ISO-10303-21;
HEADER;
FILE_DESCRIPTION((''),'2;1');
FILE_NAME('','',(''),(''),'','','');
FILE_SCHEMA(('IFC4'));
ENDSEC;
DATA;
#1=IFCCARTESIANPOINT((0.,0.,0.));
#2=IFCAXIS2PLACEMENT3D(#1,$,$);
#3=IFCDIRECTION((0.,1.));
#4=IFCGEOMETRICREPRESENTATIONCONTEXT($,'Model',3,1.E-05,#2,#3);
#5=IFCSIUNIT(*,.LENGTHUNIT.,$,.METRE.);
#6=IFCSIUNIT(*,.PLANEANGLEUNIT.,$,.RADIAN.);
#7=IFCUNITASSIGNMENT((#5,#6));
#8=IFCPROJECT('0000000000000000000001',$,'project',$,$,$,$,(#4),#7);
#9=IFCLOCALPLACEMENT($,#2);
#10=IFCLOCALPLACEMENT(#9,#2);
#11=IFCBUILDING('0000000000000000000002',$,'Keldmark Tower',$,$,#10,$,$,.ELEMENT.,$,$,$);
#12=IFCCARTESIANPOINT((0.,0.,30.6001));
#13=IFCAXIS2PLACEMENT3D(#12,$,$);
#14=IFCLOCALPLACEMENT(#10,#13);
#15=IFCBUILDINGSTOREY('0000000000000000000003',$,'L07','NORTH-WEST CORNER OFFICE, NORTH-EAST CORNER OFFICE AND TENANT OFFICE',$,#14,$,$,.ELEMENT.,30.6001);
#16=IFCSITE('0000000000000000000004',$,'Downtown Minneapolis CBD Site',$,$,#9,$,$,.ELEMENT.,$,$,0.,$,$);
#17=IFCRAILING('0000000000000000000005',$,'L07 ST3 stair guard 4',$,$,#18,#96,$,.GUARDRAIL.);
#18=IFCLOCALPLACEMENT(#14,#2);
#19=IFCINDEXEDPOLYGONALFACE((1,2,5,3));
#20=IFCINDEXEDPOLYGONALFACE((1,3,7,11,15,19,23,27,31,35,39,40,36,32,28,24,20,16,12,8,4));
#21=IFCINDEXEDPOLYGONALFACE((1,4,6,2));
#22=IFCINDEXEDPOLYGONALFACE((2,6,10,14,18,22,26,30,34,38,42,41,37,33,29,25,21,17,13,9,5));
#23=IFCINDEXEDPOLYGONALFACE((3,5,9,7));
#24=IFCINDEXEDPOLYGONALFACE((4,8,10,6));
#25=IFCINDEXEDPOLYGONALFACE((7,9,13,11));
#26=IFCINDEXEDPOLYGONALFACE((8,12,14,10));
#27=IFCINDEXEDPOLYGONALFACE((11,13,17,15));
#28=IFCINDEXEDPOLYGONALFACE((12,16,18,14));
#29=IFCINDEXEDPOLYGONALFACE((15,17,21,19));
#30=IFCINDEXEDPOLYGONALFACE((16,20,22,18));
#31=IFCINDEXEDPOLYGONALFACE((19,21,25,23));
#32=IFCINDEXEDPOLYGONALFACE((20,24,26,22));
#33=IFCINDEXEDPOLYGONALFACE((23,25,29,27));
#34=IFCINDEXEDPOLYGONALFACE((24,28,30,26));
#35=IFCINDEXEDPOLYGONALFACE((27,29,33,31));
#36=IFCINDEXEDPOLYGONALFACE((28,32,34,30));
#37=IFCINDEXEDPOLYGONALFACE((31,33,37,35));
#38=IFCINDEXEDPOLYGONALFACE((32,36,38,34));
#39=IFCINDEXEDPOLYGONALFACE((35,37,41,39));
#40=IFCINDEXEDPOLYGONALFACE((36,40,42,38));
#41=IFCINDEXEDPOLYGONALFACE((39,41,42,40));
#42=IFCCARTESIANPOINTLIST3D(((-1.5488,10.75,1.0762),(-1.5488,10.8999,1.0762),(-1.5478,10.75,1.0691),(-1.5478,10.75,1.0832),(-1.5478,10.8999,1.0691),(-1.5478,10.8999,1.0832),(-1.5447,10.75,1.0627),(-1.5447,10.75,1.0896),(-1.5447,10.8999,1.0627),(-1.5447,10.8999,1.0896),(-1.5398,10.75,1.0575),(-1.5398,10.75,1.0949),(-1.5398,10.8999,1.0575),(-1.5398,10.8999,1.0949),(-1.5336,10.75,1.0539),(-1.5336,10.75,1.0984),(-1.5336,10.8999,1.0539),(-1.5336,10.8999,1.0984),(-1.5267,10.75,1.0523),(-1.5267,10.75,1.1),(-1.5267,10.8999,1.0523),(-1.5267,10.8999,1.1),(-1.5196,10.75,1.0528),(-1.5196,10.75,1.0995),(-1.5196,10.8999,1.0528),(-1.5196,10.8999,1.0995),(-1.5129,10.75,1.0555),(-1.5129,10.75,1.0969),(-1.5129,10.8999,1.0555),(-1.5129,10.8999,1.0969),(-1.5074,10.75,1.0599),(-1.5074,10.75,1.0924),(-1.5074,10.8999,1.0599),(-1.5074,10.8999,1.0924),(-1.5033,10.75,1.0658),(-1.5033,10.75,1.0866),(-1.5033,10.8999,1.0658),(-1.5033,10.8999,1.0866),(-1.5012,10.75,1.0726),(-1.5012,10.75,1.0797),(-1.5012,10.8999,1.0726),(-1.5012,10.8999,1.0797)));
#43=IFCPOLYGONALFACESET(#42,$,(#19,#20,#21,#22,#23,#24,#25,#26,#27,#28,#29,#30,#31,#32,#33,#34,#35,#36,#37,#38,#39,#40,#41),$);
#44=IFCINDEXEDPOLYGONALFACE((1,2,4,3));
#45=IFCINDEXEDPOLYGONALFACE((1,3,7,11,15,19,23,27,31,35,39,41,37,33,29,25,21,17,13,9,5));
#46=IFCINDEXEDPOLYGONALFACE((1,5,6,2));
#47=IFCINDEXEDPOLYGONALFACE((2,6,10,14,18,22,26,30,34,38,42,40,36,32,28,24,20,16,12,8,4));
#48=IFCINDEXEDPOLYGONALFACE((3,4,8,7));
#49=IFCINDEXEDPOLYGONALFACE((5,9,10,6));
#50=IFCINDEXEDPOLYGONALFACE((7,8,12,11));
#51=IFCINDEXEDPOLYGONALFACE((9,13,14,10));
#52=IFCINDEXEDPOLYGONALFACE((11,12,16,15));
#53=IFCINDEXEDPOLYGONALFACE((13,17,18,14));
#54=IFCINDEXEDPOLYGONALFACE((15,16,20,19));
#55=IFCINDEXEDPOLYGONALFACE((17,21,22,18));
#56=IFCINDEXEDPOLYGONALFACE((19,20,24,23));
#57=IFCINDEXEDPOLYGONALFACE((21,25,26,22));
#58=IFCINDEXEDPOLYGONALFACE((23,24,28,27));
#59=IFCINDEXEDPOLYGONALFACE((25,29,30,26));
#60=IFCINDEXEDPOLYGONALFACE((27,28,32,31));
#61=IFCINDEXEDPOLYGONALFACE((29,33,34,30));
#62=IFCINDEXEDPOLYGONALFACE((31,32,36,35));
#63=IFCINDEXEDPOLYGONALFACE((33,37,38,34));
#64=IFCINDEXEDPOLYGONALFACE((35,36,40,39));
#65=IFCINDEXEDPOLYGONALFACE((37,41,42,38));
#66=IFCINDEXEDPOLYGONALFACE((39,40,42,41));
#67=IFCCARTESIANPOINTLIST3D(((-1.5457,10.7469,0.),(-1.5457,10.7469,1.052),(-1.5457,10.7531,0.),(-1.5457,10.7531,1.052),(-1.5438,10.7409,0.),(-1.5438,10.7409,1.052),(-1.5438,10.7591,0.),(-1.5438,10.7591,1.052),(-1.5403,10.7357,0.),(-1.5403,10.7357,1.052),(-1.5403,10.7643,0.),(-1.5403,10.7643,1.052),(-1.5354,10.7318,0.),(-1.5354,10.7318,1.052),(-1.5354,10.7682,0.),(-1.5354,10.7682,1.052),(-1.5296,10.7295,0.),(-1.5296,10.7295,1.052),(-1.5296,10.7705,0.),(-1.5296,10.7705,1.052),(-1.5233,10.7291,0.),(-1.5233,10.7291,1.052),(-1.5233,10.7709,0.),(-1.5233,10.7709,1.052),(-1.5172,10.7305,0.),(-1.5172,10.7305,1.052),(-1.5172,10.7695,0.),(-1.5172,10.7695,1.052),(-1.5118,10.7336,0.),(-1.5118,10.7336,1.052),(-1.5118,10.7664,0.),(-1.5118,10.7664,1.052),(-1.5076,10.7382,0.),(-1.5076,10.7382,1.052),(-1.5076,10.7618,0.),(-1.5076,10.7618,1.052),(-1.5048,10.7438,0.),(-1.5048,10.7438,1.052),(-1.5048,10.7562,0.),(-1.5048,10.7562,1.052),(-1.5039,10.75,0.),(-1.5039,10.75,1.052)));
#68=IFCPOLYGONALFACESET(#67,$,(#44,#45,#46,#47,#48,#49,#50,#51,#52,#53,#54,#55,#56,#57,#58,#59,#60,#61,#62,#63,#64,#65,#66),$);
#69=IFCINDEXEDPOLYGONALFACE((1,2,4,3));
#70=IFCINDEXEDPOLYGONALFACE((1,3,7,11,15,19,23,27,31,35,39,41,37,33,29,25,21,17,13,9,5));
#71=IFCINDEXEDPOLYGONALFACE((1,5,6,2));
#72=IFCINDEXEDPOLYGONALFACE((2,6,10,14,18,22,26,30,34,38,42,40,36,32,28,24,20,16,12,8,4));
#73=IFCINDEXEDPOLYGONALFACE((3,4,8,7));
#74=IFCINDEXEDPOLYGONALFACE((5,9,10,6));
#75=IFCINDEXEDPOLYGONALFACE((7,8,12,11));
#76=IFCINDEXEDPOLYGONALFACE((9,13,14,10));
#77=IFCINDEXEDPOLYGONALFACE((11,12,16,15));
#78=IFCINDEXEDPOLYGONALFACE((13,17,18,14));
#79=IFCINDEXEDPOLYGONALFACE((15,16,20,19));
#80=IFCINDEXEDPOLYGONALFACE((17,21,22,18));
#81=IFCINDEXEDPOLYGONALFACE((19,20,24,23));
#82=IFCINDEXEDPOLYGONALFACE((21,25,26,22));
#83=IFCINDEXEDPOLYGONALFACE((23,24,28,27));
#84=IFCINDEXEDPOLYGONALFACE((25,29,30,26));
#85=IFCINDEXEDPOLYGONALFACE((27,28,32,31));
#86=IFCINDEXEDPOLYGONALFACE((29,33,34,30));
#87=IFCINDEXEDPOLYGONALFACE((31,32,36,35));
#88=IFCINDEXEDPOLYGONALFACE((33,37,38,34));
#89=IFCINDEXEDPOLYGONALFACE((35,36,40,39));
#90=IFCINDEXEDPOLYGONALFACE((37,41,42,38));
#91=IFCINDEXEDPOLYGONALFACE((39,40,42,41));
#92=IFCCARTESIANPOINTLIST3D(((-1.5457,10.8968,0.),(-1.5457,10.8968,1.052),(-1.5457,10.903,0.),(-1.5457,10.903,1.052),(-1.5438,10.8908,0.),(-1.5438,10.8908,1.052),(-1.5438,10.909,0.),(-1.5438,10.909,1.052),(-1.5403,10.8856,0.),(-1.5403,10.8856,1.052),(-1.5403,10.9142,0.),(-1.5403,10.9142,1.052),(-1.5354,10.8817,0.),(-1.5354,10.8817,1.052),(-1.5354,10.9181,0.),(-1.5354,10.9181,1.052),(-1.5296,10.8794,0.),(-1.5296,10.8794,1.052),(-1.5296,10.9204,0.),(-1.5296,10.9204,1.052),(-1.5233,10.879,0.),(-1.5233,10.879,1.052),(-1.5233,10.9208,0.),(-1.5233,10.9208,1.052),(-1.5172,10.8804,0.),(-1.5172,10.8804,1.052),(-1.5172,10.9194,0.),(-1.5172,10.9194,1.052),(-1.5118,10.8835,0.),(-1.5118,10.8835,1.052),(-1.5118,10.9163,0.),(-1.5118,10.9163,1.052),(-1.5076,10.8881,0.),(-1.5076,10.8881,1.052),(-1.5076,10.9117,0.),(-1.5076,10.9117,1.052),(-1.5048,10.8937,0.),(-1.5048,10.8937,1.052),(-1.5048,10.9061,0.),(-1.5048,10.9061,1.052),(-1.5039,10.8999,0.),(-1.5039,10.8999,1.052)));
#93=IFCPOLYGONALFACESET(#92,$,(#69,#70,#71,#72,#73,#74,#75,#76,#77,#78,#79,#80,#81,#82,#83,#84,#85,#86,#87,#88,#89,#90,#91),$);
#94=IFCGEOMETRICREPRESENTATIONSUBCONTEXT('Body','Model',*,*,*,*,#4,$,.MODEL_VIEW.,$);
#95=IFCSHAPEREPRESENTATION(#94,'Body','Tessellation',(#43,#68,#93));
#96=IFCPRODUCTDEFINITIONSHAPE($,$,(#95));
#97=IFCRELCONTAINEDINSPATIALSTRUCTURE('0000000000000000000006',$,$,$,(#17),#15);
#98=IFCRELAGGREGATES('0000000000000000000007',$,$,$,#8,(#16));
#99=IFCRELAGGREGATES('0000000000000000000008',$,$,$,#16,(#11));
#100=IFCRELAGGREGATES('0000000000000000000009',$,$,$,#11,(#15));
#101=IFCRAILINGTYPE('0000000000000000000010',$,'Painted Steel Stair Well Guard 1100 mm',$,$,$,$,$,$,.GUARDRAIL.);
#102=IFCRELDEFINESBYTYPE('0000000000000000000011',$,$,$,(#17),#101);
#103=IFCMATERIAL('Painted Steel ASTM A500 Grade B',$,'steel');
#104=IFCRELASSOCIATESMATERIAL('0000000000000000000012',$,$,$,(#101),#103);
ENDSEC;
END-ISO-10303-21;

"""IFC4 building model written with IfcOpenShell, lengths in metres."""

from ifc_helpers import new_model, si_unit, direction, frame, origin, origin_2d, place, context, subcontext, project, spatial, circle, extrude, material, type_object, element, save


model = new_model("IFC4")

# Units and contexts
model_context = context("Model", 3, precision=1e-05, world=origin(), true_north=direction((0.0, 1.0)))
body_context = subcontext(model_context, "Body", "Model", "MODEL_VIEW")
ifc_project = project(units=[si_unit("LENGTHUNIT", "METRE"), si_unit("PLANEANGLEUNIT", "RADIAN")], contexts=[model_context])

# Site, building, storey
site_placement = place(None, origin())
site = spatial("IfcSite", under=ifc_project, at=site_placement, Name="Downtown Minneapolis CBD Site", CompositionType="ELEMENT", RefElevation=0.0)
building_placement = place(site_placement, origin())
building = spatial("IfcBuilding", under=site, at=building_placement, Name="Keldmark Tower", CompositionType="ELEMENT")
storey_placement = place(building_placement, frame((0.0, 0.0, 30.6001)))
storey = spatial("IfcBuildingStorey", under=building, at=storey_placement, Name="L07", Description="NORTH-WEST CORNER OFFICE, NORTH-EAST CORNER OFFICE AND TENANT OFFICE", CompositionType="ELEMENT", Elevation=30.6001)

# Railing
ifc_material_1 = material(Name="Painted Steel ASTM A500 Grade B", Category="steel")
railing_type_1 = type_object("IfcRailingType", Name="Painted Steel Stair Well Guard 1100 mm", PredefinedType="GUARDRAIL", material=ifc_material_1)
railing_1_placement = place(storey_placement, frame((-1.5249, 10.75, 0.0)))
element("IfcRailing", 1, at=railing_1_placement, inside=storey, type_object=railing_type_1, Name="L07 ST3 stair guard 4", PredefinedType="GUARDRAIL", context=body_context, shape_type="SweptSolid", body=[
    extrude(circle(Radius=0.0239, at=origin_2d()), frame((0.0, 0.0, 1.0762), z_axis=(0.0, 1.0, 0.0), x_axis=(-1.0, 0.0, 0.0)), (0.0, 0.0, 1.0), 0.1499),
    extrude(circle(Radius=0.021, at=origin_2d()), origin(), (0.0, 0.0, 1.0), 1.052),
    extrude(circle(Radius=0.021, at=origin_2d()), frame((0.0, 0.1499, 0.0)), (0.0, 0.0, 1.0), 1.052),
])

save(model, "model.ifc")
